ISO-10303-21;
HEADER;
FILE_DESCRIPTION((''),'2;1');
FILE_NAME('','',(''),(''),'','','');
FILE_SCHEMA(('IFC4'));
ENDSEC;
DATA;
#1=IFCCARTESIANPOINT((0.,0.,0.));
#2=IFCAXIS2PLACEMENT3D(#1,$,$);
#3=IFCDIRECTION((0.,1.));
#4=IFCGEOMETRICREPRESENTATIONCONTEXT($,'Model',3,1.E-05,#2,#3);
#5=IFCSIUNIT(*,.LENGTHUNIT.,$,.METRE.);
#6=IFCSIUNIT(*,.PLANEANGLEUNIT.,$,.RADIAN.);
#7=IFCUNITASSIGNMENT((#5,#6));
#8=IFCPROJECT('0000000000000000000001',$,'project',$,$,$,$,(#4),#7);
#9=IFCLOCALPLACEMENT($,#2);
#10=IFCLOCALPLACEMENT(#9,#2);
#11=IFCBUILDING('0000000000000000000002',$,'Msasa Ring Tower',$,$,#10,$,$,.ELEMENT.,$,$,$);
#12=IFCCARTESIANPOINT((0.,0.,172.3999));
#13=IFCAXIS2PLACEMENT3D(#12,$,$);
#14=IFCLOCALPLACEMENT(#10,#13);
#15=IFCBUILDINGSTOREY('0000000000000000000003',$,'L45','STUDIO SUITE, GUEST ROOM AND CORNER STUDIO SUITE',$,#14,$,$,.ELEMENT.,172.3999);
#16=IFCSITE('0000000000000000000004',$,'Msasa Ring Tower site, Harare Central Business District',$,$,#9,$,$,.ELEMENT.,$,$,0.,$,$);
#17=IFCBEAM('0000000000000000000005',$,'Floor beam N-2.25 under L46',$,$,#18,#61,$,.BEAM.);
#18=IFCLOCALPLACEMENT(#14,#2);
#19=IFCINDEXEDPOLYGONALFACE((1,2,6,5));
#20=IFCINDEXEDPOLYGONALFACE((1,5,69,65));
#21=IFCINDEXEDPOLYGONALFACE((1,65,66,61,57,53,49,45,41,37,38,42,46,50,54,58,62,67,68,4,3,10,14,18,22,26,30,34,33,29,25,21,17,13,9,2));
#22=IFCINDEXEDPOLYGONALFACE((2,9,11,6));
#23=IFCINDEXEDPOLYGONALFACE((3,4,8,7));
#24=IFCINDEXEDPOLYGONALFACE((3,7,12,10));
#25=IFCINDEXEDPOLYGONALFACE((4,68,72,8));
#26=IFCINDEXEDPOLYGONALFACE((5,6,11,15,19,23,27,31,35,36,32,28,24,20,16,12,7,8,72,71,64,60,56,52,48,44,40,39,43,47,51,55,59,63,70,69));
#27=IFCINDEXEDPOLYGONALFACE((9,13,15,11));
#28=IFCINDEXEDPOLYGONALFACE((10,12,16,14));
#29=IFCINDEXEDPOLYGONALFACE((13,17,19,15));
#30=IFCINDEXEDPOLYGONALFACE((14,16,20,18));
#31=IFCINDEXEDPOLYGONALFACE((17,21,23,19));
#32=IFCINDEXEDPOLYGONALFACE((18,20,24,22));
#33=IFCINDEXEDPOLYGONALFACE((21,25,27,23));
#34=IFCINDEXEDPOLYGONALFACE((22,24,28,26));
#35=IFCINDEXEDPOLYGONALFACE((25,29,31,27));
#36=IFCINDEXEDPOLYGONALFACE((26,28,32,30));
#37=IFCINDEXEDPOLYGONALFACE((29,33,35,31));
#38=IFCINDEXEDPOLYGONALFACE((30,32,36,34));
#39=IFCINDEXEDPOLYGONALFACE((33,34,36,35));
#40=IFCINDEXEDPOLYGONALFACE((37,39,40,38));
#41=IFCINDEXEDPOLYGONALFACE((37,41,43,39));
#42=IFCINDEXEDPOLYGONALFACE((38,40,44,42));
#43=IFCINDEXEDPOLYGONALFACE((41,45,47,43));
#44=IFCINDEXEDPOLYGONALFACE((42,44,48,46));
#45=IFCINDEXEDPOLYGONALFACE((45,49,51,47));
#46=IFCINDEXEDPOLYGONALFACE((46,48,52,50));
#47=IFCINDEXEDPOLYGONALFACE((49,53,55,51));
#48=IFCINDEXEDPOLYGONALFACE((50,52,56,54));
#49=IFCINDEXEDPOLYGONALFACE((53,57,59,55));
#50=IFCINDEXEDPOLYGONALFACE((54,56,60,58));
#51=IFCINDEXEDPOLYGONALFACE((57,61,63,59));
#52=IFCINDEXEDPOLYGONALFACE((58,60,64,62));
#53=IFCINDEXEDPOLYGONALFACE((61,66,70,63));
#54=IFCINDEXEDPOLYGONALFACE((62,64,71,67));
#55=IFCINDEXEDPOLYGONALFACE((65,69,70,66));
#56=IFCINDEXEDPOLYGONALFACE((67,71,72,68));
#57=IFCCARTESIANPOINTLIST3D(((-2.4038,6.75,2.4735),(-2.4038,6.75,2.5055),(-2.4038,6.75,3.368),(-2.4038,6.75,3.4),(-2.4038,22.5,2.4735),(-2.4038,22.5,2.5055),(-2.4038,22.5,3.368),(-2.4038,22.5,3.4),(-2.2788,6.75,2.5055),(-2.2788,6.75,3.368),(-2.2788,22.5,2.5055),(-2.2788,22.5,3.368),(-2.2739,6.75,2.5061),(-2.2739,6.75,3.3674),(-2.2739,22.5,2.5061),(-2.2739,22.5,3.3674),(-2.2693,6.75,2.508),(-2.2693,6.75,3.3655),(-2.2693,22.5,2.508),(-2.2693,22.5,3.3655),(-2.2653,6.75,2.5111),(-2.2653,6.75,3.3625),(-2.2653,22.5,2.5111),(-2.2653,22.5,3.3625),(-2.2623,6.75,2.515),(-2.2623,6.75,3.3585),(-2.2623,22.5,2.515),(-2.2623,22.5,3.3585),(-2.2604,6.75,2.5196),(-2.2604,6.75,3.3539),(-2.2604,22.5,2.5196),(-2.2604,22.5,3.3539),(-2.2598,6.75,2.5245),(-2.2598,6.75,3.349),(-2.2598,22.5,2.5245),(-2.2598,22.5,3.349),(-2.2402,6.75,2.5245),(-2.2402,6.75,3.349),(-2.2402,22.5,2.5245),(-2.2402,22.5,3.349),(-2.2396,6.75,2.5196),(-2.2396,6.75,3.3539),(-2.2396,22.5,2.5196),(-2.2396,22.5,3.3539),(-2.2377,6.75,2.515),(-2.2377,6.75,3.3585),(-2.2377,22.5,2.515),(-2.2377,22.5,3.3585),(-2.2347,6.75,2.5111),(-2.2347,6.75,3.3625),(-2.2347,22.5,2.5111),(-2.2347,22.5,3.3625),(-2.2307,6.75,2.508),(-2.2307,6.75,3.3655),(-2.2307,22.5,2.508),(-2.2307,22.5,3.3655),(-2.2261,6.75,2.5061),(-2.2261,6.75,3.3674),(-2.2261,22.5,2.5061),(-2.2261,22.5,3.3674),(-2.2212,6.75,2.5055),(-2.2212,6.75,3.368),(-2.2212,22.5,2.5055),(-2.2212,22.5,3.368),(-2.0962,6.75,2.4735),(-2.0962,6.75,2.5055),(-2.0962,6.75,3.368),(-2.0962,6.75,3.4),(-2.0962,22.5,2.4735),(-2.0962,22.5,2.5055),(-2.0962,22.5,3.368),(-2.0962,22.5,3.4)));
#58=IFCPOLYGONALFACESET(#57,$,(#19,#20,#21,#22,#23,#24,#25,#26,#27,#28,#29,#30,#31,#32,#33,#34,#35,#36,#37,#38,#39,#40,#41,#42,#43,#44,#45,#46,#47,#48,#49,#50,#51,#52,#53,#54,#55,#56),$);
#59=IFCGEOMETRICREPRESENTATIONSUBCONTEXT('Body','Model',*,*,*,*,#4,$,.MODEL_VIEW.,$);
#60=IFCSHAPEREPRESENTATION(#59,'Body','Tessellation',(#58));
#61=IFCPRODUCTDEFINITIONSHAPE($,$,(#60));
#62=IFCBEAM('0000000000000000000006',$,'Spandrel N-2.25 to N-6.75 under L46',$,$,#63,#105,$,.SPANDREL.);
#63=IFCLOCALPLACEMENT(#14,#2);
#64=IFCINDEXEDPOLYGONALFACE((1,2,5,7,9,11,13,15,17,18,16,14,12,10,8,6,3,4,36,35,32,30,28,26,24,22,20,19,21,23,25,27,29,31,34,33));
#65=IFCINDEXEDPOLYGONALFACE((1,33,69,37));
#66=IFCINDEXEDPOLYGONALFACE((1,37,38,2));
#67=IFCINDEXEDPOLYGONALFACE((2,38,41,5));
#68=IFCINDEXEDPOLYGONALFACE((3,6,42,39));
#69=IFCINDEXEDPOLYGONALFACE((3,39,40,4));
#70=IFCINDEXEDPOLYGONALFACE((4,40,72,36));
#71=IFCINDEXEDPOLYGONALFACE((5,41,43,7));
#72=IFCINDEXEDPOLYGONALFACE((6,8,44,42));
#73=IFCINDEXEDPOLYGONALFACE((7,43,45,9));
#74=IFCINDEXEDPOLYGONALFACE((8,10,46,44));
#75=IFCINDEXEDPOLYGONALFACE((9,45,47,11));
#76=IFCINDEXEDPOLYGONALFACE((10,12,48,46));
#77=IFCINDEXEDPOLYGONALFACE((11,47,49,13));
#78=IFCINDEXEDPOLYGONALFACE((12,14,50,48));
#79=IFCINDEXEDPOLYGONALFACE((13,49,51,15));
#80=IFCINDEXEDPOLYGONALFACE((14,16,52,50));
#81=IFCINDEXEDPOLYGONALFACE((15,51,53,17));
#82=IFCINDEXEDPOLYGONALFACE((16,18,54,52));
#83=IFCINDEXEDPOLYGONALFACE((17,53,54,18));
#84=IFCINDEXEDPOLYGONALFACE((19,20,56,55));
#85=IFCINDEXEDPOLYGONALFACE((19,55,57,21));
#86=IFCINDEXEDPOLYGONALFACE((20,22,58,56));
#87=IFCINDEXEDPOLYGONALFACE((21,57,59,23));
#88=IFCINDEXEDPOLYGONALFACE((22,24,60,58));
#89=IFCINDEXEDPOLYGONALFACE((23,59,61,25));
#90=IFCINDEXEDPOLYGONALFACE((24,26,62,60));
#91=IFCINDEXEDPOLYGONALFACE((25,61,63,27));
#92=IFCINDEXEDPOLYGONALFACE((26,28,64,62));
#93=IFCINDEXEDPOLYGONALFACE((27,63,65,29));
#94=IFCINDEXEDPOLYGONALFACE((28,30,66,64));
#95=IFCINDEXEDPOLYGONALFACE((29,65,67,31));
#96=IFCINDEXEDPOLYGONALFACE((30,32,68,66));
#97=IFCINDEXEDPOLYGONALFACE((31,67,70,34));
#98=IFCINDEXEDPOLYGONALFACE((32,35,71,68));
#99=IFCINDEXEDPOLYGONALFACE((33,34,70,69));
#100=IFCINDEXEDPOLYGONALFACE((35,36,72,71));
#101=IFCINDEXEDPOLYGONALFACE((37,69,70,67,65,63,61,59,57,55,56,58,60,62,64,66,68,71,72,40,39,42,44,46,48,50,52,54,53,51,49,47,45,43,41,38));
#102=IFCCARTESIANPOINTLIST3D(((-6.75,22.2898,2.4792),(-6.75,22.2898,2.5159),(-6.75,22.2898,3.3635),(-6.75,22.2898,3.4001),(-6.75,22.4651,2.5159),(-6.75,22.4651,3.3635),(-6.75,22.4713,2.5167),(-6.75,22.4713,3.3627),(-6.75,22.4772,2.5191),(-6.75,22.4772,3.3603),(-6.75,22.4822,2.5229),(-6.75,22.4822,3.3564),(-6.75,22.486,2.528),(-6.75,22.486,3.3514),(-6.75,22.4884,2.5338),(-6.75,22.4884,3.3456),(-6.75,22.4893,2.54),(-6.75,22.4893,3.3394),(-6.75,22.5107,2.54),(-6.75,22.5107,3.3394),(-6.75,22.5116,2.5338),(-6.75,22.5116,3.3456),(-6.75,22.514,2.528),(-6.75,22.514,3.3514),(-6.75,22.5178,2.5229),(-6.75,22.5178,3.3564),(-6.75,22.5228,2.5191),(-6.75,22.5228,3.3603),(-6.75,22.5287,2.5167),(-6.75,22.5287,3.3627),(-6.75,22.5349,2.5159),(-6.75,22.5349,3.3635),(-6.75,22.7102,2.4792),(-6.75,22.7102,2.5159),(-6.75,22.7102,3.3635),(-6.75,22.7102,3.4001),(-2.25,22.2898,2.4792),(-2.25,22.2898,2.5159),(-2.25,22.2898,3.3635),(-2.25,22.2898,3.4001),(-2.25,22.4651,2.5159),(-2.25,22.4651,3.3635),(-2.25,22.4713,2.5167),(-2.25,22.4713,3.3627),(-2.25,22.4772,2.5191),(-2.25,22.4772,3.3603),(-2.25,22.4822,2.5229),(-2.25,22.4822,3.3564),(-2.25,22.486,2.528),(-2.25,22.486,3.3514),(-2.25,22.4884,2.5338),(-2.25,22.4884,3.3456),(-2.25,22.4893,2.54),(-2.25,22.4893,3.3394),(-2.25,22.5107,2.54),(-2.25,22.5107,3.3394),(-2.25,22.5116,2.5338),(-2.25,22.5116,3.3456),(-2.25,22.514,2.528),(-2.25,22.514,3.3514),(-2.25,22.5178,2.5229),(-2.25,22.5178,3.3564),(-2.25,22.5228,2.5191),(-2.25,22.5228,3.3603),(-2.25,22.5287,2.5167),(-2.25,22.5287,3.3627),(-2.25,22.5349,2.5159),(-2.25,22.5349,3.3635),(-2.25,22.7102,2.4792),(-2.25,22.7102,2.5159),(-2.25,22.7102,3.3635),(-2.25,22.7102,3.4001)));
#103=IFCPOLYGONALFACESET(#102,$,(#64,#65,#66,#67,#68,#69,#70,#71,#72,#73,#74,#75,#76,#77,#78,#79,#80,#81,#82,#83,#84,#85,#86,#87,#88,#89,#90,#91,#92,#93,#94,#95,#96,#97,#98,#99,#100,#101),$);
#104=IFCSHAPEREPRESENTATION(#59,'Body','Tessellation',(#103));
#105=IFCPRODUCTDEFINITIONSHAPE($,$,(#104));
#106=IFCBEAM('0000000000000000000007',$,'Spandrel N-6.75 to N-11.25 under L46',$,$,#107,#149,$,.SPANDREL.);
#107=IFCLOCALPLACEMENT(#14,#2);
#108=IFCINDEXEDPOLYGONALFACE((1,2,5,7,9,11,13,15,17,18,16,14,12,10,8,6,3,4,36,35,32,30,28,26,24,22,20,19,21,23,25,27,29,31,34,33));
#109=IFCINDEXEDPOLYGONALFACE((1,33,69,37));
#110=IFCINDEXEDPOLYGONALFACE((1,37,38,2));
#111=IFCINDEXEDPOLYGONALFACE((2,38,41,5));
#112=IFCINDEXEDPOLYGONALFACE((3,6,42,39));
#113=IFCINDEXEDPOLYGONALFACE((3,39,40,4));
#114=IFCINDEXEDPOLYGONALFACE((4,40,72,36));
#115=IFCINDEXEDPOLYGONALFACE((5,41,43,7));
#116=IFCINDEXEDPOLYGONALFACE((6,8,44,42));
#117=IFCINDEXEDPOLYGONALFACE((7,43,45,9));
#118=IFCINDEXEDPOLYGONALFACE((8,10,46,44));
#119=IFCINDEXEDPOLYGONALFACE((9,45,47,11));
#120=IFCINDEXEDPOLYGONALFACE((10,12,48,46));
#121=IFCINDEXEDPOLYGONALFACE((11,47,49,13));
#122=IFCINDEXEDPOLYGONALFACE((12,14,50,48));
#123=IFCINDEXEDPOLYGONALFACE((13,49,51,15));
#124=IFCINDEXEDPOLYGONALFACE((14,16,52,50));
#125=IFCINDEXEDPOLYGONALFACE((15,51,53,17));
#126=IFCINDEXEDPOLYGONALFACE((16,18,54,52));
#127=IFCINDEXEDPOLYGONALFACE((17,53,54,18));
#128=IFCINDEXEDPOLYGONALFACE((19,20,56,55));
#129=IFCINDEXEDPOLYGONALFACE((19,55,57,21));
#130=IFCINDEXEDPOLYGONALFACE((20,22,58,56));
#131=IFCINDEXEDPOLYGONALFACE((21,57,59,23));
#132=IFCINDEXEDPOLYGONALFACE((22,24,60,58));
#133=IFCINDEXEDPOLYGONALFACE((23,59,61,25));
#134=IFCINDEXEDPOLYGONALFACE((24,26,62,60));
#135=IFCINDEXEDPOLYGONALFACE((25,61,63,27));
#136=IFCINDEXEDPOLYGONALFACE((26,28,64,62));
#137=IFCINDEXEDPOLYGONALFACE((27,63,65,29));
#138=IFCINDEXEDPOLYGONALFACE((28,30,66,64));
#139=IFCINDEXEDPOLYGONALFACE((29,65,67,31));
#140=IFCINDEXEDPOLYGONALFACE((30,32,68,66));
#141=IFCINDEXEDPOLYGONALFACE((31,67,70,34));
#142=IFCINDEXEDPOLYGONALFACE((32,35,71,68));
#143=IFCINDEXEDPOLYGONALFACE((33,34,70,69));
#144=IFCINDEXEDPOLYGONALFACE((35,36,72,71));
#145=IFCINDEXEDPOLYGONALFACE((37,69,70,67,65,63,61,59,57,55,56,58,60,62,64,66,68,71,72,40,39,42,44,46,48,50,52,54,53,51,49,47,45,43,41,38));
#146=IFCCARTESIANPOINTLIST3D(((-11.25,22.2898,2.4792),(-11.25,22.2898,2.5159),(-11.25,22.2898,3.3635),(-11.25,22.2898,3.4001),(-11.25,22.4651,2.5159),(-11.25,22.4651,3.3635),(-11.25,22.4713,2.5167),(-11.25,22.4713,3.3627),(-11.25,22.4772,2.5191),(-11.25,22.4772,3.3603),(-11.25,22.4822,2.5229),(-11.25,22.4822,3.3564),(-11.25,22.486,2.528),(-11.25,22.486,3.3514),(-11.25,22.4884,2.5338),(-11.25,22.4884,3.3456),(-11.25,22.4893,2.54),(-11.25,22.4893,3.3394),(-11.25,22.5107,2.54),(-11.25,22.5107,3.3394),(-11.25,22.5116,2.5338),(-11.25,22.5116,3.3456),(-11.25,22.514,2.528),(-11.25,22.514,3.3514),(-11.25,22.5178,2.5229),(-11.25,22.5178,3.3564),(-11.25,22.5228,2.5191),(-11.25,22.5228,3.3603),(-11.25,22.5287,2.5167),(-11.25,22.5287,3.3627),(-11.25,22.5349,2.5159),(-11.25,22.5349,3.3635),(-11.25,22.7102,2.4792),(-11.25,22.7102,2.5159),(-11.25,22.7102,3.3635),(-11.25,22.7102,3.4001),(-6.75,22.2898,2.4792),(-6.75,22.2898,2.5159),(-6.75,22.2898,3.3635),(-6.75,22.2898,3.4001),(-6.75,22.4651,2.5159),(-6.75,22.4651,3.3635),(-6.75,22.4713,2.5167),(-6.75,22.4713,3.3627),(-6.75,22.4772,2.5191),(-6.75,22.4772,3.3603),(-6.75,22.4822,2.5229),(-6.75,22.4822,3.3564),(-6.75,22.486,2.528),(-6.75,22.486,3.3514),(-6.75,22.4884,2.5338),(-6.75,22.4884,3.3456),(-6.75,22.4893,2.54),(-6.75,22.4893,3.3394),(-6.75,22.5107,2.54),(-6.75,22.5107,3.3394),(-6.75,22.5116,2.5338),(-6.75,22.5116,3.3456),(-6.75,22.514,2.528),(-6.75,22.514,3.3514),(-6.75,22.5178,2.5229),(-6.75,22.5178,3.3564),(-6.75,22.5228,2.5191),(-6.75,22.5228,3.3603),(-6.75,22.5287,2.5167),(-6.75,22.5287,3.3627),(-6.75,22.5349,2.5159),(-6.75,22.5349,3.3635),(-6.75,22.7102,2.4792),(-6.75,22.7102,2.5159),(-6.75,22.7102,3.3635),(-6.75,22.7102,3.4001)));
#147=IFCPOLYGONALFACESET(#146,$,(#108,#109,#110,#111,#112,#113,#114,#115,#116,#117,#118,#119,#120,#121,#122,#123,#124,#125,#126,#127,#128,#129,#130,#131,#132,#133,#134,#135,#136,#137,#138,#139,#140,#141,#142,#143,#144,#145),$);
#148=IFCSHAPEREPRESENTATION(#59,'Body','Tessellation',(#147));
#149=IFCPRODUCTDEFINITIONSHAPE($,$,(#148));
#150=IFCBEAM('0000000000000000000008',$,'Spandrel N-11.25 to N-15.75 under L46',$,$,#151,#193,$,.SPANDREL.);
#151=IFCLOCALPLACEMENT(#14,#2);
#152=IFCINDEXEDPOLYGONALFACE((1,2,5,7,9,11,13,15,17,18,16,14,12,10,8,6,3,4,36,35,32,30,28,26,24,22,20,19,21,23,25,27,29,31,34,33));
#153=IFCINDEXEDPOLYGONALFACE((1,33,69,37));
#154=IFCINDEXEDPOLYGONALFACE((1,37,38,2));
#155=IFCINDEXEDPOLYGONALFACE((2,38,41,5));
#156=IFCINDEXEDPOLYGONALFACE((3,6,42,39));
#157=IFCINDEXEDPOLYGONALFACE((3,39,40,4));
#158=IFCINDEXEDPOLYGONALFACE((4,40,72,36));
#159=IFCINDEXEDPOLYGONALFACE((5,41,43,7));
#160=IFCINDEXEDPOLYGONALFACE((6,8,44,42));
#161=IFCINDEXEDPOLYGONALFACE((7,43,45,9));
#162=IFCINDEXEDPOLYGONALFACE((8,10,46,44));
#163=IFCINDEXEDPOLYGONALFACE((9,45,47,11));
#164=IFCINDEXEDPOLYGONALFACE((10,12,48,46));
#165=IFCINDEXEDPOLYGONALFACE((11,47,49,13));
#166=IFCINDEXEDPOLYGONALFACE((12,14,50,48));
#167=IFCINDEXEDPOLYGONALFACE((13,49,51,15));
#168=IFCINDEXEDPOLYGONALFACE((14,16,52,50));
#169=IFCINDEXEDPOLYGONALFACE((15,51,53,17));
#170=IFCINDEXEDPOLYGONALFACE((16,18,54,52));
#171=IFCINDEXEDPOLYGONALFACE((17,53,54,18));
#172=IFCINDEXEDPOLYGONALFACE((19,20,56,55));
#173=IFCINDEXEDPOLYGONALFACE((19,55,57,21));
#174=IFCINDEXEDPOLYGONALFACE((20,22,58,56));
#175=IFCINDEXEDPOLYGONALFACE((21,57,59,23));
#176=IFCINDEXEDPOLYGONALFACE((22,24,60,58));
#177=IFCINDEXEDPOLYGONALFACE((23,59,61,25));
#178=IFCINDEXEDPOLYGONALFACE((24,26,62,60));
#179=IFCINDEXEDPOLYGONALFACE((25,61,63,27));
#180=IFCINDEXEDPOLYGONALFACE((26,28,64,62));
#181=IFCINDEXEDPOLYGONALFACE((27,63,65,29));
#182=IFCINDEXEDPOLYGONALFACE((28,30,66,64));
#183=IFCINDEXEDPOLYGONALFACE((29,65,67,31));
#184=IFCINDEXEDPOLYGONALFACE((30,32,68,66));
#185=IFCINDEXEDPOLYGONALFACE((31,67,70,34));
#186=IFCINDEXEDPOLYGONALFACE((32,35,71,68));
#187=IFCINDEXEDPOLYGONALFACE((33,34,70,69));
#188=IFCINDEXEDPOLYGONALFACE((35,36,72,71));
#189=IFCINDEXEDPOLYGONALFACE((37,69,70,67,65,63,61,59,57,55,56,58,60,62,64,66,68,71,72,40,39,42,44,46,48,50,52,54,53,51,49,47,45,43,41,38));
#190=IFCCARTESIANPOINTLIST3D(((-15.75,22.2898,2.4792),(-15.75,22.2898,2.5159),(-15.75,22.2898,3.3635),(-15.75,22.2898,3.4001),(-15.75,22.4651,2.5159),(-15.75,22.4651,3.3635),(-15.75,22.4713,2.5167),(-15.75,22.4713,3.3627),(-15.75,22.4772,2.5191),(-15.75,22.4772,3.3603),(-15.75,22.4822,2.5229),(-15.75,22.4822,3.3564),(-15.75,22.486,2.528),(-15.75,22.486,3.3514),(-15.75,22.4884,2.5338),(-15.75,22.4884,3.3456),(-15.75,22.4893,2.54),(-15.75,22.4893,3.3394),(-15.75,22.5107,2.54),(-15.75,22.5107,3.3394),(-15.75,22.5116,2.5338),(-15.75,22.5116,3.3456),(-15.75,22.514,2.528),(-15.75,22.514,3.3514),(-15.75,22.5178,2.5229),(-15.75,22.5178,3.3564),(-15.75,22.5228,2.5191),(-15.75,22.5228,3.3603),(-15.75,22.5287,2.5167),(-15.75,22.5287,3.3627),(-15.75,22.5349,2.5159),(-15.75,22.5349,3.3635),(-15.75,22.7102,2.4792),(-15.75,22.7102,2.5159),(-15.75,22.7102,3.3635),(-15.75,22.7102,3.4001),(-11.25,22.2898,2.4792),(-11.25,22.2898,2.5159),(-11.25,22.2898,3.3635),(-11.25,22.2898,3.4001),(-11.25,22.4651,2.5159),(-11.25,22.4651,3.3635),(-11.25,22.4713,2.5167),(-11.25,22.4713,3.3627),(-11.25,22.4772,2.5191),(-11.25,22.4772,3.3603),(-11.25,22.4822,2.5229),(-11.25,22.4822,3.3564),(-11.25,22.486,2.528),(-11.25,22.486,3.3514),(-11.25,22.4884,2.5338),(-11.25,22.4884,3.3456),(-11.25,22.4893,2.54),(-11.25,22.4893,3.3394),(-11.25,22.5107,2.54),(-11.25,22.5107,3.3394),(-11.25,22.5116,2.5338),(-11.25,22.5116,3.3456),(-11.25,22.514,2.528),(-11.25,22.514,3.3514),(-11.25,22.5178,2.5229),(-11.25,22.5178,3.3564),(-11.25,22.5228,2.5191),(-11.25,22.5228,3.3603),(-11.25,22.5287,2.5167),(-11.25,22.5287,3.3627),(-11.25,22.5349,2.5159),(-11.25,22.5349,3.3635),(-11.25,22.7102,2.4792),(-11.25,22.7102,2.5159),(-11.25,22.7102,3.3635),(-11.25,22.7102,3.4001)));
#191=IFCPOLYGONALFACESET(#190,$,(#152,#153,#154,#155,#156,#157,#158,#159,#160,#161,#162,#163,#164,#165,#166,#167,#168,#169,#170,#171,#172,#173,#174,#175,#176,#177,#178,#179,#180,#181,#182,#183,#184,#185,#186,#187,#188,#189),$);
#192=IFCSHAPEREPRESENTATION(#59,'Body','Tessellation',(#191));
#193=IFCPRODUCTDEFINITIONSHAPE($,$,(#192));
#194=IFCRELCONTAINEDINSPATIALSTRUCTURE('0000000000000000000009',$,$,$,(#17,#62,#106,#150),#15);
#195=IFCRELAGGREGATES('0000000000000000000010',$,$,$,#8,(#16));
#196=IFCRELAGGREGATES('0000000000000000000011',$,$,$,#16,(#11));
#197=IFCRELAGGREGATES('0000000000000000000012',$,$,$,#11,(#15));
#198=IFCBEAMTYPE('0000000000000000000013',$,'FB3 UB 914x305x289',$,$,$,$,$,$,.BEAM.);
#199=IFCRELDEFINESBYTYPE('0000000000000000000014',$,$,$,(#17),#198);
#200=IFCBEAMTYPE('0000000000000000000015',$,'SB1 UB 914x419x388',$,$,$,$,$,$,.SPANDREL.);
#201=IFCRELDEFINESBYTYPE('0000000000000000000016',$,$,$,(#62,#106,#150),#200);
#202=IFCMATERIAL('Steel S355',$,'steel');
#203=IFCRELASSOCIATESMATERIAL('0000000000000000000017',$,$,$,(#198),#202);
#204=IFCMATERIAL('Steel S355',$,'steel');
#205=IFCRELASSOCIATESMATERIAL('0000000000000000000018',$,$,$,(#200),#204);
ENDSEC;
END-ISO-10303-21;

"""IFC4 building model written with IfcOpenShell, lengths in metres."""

from ifc_helpers import new_model, si_unit, direction, frame, origin, origin_2d, place, context, subcontext, project, spatial, i_section, extrude, material, material_profile, profile_set, type_object, element, save


model = new_model("IFC4")

# Units and contexts
model_context = context("Model", 3, precision=1e-05, world=origin(), true_north=direction((0.0, 1.0)))
body_context = subcontext(model_context, "Body", "Model", "MODEL_VIEW")
ifc_project = project(units=[si_unit("LENGTHUNIT", "METRE"), si_unit("PLANEANGLEUNIT", "RADIAN")], contexts=[model_context])

# Site, building, storey
site_placement = place(None, origin())
site = spatial("IfcSite", under=ifc_project, at=site_placement, Name="Msasa Ring Tower site, Harare Central Business District", CompositionType="ELEMENT", RefElevation=0.0)
building_placement = place(site_placement, origin())
building = spatial("IfcBuilding", under=site, at=building_placement, Name="Msasa Ring Tower", CompositionType="ELEMENT")
storey_placement = place(building_placement, frame((0.0, 0.0, 172.3999)))
storey = spatial("IfcBuildingStorey", under=building, at=storey_placement, Name="L45", Description="STUDIO SUITE, GUEST ROOM AND CORNER STUDIO SUITE", CompositionType="ELEMENT", Elevation=172.3999)

# Beams
ifc_material_1 = material(Name="Steel S355", Category="steel")
ifc_material_profile_1 = material_profile(ifc_material_1, i_section(OverallWidth=0.3076, OverallDepth=0.9265, WebThickness=0.0195, FlangeThickness=0.032, FilletRadius=0.019, at=origin_2d()), Name="UB 914x305x289")
ifc_profile_set_1 = profile_set([ifc_material_profile_1], Name="Steel S355")
beam_type_1 = type_object("IfcBeamType", Name="FB3 UB 914x305x289", PredefinedType="BEAM", material=ifc_profile_set_1)
for number, where, z_axis, x_axis, name in (
    (1, (-2.25, 22.5, 2.9368), (0.0, -1.0, 0.0), (1.0, 0.0, 0.0), "Floor beam N-2.25 under L46"),
):
    element("IfcBeam", number, at=place(storey_placement, frame(where, z_axis=z_axis, x_axis=x_axis)), inside=storey, type_object=beam_type_1, Name=name, PredefinedType="BEAM", context=body_context, shape_type="SweptSolid", body=[
        extrude(i_section(OverallWidth=0.3076, OverallDepth=0.9265, WebThickness=0.0195, FlangeThickness=0.032, FilletRadius=0.019, at=origin_2d()), origin(), (0.0, 0.0, 1.0), 15.75),
    ])
ifc_material_2 = material(Name="Steel S355", Category="steel")
ifc_material_profile_2 = material_profile(ifc_material_2, i_section(OverallWidth=0.4204, OverallDepth=0.9209, WebThickness=0.0215, FlangeThickness=0.0366, FilletRadius=0.0242, at=origin_2d()), Name="UB 914x419x388")
ifc_profile_set_2 = profile_set([ifc_material_profile_2], Name="Steel S355")
beam_type_2 = type_object("IfcBeamType", Name="SB1 UB 914x419x388", PredefinedType="SPANDREL", material=ifc_profile_set_2)
for number, where, z_axis, x_axis, name in (
    (2, (-2.25, 22.5, 2.9397), (-1.0, 0.0, 0.0), (0.0, -1.0, 0.0), "Spandrel N-2.25 to N-6.75 under L46"),
    (3, (-6.75, 22.5, 2.9397), (-1.0, 0.0, 0.0), (0.0, -1.0, 0.0), "Spandrel N-6.75 to N-11.25 under L46"),
    (4, (-11.25, 22.5, 2.9397), (-1.0, 0.0, 0.0), (0.0, -1.0, 0.0), "Spandrel N-11.25 to N-15.75 under L46"),
):
    element("IfcBeam", number, at=place(storey_placement, frame(where, z_axis=z_axis, x_axis=x_axis)), inside=storey, type_object=beam_type_2, Name=name, PredefinedType="SPANDREL", context=body_context, shape_type="SweptSolid", body=[
        extrude(i_section(OverallWidth=0.4204, OverallDepth=0.9209, WebThickness=0.0215, FlangeThickness=0.0366, FilletRadius=0.0242, at=origin_2d()), origin(), (0.0, 0.0, 1.0), 4.5),
    ])

save(model, "model.ifc")
